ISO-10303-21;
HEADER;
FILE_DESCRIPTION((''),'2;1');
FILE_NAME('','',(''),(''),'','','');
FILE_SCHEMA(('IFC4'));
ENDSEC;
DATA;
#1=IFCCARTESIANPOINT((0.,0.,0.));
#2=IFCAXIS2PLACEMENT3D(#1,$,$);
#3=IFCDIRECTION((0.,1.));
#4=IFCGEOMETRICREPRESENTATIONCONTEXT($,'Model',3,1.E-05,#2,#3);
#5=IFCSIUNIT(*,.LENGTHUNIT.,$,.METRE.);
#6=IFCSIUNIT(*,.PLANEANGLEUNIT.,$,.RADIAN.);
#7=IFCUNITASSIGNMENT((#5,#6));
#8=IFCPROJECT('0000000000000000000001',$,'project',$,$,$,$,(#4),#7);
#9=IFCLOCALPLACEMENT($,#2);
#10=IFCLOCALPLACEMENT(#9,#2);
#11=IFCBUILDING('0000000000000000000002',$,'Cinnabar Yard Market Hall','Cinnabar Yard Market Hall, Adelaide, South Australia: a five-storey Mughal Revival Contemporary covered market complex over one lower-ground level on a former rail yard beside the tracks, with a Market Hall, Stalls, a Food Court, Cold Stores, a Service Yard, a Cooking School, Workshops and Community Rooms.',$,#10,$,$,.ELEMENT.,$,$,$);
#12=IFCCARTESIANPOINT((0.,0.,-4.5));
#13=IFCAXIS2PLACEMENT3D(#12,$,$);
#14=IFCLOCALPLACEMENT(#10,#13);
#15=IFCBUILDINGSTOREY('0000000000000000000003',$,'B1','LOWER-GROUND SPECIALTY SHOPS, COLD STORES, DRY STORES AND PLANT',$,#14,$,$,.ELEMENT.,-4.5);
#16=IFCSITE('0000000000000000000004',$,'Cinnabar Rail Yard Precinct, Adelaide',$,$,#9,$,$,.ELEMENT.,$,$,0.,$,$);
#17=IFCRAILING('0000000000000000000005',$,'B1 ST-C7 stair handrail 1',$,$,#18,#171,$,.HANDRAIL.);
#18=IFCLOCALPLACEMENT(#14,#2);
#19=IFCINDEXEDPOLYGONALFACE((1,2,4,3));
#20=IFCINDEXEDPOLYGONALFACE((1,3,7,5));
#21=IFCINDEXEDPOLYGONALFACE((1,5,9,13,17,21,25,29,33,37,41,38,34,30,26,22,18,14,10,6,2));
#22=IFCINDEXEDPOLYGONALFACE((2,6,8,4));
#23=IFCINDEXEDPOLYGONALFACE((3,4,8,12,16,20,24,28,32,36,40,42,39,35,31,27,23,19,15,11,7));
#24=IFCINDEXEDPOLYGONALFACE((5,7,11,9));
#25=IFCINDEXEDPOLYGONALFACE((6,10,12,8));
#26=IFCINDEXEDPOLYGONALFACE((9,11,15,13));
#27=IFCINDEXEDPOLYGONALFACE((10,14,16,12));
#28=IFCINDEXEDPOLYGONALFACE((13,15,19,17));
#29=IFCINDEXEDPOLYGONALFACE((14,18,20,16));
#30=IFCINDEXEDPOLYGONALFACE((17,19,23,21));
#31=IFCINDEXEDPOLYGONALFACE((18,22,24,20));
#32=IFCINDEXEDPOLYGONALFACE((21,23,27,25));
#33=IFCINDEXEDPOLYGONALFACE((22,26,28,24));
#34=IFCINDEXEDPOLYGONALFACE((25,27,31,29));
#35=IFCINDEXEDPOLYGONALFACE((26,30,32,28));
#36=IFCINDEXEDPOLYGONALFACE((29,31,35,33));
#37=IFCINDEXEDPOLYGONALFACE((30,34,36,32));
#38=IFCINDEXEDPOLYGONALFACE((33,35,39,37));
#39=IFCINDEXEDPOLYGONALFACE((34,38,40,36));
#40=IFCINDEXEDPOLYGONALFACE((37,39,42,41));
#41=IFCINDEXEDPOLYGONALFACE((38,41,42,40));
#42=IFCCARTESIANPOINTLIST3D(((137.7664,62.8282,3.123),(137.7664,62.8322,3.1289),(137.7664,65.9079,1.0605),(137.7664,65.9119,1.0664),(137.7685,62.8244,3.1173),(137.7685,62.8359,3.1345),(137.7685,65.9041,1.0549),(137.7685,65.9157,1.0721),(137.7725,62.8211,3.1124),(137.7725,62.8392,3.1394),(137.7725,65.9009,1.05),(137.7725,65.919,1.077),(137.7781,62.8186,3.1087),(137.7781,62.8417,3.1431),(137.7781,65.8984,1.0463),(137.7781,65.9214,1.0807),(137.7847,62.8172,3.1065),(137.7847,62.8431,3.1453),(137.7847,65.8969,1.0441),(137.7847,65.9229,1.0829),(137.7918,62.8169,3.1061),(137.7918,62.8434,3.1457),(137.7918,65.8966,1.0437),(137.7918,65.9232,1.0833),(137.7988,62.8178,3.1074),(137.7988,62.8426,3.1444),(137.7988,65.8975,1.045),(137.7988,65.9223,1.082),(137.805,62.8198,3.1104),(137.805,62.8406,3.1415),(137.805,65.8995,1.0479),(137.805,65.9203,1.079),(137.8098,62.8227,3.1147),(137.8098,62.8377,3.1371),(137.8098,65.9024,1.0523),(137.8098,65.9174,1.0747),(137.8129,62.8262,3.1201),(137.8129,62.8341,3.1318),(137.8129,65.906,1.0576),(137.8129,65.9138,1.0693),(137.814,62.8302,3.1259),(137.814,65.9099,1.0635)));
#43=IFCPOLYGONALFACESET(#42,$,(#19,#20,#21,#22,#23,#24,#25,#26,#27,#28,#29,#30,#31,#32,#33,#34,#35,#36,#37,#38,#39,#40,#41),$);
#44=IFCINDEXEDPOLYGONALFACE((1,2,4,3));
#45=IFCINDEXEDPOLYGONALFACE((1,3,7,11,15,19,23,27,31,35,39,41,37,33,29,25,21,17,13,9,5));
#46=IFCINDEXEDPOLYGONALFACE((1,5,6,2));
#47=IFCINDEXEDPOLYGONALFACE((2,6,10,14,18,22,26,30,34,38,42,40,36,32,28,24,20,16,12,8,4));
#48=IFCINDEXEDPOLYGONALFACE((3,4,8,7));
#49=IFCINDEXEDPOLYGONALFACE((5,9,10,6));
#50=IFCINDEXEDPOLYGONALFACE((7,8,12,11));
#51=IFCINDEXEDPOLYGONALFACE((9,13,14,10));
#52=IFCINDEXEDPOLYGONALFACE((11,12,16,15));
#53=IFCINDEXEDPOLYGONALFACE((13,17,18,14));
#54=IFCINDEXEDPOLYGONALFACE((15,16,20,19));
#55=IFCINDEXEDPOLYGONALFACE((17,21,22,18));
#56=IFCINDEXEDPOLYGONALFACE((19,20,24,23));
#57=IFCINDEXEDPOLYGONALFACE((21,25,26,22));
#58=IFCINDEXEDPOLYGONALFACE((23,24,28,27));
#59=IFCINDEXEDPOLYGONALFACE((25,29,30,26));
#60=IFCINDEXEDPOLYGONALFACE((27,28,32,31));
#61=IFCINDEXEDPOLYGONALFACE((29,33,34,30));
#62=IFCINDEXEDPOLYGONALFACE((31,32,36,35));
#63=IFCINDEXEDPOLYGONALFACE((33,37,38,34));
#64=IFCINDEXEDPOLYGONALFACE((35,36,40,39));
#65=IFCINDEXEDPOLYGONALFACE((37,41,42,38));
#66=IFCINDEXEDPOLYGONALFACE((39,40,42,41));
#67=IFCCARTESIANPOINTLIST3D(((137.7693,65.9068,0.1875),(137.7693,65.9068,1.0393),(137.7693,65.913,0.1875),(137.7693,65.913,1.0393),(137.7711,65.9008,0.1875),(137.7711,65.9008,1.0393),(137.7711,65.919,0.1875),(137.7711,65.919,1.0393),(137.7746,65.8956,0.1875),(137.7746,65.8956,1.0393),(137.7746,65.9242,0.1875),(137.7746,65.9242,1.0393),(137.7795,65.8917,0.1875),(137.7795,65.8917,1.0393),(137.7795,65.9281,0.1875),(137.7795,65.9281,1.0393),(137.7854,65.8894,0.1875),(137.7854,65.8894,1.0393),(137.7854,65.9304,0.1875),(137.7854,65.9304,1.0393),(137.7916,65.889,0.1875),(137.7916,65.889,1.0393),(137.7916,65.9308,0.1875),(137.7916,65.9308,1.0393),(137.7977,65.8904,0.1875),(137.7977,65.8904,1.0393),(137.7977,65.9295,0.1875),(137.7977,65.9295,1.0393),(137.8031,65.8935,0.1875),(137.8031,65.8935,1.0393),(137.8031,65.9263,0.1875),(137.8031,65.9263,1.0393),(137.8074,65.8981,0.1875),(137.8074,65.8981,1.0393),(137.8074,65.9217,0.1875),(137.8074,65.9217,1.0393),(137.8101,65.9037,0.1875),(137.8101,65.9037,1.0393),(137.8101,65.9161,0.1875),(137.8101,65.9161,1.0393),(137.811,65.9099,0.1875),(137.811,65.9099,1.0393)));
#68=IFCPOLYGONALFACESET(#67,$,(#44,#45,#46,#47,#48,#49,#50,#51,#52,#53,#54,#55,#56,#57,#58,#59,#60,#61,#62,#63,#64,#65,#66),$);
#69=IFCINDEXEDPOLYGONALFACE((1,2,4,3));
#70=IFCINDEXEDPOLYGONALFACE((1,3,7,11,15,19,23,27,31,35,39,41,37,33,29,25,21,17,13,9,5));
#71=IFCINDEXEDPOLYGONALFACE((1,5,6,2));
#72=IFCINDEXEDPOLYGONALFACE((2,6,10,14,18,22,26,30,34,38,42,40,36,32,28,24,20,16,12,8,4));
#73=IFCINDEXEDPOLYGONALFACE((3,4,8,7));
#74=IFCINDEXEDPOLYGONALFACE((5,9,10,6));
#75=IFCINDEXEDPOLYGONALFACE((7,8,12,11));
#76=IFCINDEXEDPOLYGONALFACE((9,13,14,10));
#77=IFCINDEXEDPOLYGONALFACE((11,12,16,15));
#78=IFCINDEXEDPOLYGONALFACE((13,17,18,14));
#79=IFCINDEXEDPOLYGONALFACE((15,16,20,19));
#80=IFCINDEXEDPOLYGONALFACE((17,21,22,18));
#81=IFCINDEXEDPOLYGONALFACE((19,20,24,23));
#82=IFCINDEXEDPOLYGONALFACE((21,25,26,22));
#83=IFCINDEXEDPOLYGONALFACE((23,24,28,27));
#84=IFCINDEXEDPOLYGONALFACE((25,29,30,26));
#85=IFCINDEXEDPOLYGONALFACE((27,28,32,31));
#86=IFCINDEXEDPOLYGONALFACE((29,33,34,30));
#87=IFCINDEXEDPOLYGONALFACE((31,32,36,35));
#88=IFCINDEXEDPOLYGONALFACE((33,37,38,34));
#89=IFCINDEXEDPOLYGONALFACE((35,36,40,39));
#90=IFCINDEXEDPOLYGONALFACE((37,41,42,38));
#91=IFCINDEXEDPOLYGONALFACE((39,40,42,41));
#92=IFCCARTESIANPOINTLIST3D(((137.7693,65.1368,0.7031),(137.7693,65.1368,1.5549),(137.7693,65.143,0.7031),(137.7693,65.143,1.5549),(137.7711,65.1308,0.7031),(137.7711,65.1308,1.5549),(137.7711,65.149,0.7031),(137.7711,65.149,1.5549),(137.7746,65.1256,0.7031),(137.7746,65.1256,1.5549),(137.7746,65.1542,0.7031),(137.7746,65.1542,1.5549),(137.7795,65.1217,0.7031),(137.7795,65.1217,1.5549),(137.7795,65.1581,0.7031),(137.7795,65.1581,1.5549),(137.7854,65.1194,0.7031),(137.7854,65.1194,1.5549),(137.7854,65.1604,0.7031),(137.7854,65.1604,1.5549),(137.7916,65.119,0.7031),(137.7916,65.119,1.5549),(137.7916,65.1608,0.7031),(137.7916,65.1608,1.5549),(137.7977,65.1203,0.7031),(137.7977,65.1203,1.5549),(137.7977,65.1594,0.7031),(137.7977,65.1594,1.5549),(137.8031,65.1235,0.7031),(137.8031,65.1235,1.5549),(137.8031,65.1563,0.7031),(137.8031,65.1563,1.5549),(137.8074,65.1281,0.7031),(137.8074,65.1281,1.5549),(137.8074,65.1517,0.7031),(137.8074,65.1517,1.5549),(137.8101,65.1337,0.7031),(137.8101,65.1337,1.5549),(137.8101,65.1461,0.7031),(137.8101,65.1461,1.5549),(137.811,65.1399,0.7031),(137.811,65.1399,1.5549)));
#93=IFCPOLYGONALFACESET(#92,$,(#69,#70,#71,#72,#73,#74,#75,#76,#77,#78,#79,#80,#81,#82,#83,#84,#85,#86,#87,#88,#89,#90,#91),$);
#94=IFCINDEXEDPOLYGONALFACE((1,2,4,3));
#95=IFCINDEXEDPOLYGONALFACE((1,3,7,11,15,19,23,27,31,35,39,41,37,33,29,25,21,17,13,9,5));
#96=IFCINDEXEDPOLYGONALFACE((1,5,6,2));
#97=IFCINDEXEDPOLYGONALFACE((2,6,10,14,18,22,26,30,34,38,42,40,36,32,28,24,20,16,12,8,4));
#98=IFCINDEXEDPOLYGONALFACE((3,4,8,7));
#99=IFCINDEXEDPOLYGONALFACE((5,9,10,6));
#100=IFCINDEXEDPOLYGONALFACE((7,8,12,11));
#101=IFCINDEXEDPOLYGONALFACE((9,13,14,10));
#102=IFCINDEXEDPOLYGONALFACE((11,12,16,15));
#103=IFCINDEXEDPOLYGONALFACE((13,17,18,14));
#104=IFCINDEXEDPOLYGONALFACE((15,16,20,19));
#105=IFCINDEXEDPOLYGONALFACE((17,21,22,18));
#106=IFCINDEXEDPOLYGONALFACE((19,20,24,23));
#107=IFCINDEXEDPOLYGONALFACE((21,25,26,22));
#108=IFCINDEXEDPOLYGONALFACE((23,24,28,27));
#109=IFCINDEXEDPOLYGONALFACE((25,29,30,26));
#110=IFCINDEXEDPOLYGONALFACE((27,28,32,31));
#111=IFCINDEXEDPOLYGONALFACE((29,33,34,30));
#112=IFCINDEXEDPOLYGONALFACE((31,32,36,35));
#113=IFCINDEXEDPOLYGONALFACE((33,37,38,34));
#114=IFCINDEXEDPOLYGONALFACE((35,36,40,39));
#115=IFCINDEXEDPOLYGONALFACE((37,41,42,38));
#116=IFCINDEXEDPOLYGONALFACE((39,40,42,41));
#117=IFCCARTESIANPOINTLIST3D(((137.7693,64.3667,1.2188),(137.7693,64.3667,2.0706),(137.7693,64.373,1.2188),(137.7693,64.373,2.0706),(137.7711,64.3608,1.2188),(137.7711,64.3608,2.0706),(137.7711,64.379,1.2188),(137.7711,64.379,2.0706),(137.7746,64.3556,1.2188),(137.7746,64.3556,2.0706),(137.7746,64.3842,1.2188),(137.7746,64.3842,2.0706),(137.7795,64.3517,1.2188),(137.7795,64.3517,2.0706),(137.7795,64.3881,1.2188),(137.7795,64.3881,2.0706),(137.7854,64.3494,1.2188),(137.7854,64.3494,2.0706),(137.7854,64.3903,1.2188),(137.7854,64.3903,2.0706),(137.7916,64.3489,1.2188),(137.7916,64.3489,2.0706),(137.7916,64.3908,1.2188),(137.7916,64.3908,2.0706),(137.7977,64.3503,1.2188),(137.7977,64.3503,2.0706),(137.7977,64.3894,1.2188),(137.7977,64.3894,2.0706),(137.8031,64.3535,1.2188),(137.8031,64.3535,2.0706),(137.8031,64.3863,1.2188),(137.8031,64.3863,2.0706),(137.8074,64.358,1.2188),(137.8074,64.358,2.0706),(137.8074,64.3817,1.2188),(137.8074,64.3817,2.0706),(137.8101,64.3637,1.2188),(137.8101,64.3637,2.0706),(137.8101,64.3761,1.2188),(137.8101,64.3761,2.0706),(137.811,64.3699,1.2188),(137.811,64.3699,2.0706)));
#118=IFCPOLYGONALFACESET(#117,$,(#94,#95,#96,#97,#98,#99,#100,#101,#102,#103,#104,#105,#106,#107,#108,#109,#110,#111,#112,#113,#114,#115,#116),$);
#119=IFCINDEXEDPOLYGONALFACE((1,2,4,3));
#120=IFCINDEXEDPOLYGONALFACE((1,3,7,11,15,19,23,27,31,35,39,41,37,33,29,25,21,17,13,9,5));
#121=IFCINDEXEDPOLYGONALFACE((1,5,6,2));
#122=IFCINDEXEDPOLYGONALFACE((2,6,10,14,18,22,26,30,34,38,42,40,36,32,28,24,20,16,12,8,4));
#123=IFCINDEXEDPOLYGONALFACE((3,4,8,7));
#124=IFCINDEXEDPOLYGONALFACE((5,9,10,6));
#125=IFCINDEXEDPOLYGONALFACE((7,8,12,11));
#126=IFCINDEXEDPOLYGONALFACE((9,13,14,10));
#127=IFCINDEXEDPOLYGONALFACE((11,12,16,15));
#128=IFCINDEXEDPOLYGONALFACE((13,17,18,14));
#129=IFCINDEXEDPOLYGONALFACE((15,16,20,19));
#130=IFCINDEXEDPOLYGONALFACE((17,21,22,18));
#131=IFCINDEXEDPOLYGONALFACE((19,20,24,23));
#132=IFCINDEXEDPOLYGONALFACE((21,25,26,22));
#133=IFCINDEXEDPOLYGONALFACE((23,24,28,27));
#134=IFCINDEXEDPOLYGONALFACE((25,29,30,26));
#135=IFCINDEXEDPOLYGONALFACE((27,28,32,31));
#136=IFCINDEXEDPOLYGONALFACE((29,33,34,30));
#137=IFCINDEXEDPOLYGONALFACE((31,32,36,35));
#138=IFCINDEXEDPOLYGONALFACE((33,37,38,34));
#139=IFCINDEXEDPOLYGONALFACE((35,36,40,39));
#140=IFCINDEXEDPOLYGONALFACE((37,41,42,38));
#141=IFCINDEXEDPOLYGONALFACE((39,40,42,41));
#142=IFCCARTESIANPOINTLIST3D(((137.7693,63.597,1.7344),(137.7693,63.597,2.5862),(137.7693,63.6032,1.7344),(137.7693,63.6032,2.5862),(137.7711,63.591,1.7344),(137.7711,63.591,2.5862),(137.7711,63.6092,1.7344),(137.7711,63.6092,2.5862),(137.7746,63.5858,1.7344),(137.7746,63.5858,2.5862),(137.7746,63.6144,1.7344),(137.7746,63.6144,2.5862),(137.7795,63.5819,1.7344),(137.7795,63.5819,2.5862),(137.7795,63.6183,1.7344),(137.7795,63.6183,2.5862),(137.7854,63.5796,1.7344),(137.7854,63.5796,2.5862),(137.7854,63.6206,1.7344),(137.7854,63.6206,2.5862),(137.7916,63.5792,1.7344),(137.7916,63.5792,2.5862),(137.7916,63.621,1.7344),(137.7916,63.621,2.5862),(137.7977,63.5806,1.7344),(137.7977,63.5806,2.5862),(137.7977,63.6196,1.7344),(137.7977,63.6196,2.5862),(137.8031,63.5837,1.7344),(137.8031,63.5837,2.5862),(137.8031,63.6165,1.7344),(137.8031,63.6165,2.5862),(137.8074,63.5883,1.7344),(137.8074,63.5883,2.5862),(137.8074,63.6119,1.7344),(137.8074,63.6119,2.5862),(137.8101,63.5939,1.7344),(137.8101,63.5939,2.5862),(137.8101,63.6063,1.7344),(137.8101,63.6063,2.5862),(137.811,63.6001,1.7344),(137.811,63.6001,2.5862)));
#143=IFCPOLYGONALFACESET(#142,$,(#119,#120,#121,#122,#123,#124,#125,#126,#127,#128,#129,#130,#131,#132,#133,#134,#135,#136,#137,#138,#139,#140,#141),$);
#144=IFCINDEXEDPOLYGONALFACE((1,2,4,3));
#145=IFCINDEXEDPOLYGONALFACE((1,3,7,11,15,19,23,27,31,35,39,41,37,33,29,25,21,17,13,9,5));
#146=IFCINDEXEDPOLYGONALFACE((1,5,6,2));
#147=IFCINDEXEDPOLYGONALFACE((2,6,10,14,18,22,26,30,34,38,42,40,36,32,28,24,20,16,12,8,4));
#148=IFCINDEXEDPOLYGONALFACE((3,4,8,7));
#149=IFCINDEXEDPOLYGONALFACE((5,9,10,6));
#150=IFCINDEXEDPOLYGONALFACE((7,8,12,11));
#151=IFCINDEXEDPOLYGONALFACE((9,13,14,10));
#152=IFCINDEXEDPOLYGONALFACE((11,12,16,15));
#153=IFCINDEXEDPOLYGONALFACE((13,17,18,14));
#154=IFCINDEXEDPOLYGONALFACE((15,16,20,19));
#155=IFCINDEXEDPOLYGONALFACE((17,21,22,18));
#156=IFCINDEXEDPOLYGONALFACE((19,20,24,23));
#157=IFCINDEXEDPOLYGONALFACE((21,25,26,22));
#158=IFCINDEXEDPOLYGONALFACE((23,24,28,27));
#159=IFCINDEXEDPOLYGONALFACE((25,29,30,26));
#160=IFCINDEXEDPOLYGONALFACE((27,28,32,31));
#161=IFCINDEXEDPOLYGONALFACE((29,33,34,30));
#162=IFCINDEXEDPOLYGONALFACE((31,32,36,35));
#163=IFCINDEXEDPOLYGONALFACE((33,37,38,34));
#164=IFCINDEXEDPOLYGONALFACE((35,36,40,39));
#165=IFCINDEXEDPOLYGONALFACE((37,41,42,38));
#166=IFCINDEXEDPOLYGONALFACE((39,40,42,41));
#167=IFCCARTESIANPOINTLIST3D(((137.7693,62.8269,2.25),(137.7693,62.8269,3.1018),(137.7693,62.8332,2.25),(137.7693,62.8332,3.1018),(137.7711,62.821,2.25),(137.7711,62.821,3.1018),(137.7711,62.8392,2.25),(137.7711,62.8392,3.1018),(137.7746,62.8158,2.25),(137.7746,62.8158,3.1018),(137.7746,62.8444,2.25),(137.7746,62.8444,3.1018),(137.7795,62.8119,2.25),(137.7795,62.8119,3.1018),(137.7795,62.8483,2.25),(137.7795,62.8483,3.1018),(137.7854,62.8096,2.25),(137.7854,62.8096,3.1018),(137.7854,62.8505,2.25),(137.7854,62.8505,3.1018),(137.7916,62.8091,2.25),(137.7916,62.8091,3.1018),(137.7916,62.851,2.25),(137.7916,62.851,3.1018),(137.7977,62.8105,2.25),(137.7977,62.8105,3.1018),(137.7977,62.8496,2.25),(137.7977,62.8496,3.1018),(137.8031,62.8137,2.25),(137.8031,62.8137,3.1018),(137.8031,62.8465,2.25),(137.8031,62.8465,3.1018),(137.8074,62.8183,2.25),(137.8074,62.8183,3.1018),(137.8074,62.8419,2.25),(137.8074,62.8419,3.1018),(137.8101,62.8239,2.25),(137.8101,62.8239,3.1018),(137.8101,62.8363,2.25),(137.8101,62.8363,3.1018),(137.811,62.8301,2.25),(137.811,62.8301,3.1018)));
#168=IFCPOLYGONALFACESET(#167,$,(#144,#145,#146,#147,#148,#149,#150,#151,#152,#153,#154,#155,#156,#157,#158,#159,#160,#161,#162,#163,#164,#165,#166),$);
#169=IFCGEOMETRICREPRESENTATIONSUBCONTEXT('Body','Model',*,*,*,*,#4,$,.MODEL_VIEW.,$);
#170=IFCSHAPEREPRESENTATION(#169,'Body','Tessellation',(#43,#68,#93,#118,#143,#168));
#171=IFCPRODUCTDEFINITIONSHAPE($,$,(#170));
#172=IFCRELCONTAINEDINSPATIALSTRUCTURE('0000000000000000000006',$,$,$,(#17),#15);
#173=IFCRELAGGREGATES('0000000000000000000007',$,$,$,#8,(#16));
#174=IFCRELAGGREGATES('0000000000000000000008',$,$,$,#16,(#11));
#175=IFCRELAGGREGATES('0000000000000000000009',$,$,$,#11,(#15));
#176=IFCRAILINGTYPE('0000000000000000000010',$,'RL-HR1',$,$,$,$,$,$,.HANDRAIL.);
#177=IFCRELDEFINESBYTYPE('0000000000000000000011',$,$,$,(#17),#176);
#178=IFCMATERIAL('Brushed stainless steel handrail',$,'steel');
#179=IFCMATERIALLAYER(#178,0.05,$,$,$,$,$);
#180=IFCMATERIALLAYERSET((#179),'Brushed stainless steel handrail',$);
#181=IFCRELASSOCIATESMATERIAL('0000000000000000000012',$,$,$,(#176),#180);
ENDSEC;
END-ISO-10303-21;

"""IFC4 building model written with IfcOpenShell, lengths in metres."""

from ifc_helpers import new_model, si_unit, direction, frame, origin, origin_2d_with_axis, place, context, subcontext, project, spatial, circle, extrude, material, layer, layer_set, type_object, element, save


model = new_model("IFC4")

# Units and contexts
model_context = context("Model", 3, precision=1e-05, world=origin(), true_north=direction((0.0, 1.0)))
body_context = subcontext(model_context, "Body", "Model", "MODEL_VIEW")
ifc_project = project(units=[si_unit("LENGTHUNIT", "METRE"), si_unit("PLANEANGLEUNIT", "RADIAN")], contexts=[model_context])

# Site, building, storey
site_placement = place(None, origin())
site = spatial("IfcSite", under=ifc_project, at=site_placement, Name="Cinnabar Rail Yard Precinct, Adelaide", CompositionType="ELEMENT", RefElevation=0.0)
building_placement = place(site_placement, origin())
building = spatial("IfcBuilding", under=site, at=building_placement, Name="Cinnabar Yard Market Hall", Description="Cinnabar Yard Market Hall, Adelaide, South Australia: a five-storey Mughal Revival Contemporary covered market complex over one lower-ground level on a former rail yard beside the tracks, with a Market Hall, Stalls, a Food Court, Cold Stores, a Service Yard, a Cooking School, Workshops and Community Rooms.", CompositionType="ELEMENT")
storey_placement = place(building_placement, frame((0.0, 0.0, -4.5)))
storey = spatial("IfcBuildingStorey", under=building, at=storey_placement, Name="B1", Description="LOWER-GROUND SPECIALTY SHOPS, COLD STORES, DRY STORES AND PLANT", CompositionType="ELEMENT", Elevation=-4.5)

# Railing
ifc_material_1 = material(Name="Brushed stainless steel handrail", Category="steel")
ifc_layer_1 = layer(ifc_material_1, 0.05)
ifc_layer_set_1 = layer_set([ifc_layer_1], Name="Brushed stainless steel handrail")
railing_type_1 = type_object("IfcRailingType", Name="RL-HR1", PredefinedType="HANDRAIL", material=ifc_layer_set_1)
railing_1_placement = place(storey_placement, frame((137.79, 65.9099, 0.1875)))
element("IfcRailing", 1, at=railing_1_placement, inside=storey, type_object=railing_type_1, Name="B1 ST-C7 stair handrail 1", PredefinedType="HANDRAIL", context=body_context, shape_type="SweptSolid", body=[
    extrude(circle(Radius=0.0239, at=origin_2d_with_axis()), frame((0.0, 0.0, 0.876), z_axis=(0.0, -0.830893, 0.556432), x_axis=(1.0, 0.0, 0.0)), (0.0, 0.0, 1.0), 3.7065),
    extrude(circle(Radius=0.021, at=origin_2d_with_axis()), origin(), (0.0, 0.0, 1.0), 0.8518),
    extrude(circle(Radius=0.021, at=origin_2d_with_axis()), frame((0.0, -0.77, 0.5156)), (0.0, 0.0, 1.0), 0.8518),
    extrude(circle(Radius=0.021, at=origin_2d_with_axis()), frame((0.0, -1.54, 1.0312)), (0.0, 0.0, 1.0), 0.8518),
    extrude(circle(Radius=0.021, at=origin_2d_with_axis()), frame((0.0, -2.3098, 1.5469)), (0.0, 0.0, 1.0), 0.8518),
    extrude(circle(Radius=0.021, at=origin_2d_with_axis()), frame((0.0, -3.0798, 2.0625)), (0.0, 0.0, 1.0), 0.8518),
])

save(model, "model.ifc")
